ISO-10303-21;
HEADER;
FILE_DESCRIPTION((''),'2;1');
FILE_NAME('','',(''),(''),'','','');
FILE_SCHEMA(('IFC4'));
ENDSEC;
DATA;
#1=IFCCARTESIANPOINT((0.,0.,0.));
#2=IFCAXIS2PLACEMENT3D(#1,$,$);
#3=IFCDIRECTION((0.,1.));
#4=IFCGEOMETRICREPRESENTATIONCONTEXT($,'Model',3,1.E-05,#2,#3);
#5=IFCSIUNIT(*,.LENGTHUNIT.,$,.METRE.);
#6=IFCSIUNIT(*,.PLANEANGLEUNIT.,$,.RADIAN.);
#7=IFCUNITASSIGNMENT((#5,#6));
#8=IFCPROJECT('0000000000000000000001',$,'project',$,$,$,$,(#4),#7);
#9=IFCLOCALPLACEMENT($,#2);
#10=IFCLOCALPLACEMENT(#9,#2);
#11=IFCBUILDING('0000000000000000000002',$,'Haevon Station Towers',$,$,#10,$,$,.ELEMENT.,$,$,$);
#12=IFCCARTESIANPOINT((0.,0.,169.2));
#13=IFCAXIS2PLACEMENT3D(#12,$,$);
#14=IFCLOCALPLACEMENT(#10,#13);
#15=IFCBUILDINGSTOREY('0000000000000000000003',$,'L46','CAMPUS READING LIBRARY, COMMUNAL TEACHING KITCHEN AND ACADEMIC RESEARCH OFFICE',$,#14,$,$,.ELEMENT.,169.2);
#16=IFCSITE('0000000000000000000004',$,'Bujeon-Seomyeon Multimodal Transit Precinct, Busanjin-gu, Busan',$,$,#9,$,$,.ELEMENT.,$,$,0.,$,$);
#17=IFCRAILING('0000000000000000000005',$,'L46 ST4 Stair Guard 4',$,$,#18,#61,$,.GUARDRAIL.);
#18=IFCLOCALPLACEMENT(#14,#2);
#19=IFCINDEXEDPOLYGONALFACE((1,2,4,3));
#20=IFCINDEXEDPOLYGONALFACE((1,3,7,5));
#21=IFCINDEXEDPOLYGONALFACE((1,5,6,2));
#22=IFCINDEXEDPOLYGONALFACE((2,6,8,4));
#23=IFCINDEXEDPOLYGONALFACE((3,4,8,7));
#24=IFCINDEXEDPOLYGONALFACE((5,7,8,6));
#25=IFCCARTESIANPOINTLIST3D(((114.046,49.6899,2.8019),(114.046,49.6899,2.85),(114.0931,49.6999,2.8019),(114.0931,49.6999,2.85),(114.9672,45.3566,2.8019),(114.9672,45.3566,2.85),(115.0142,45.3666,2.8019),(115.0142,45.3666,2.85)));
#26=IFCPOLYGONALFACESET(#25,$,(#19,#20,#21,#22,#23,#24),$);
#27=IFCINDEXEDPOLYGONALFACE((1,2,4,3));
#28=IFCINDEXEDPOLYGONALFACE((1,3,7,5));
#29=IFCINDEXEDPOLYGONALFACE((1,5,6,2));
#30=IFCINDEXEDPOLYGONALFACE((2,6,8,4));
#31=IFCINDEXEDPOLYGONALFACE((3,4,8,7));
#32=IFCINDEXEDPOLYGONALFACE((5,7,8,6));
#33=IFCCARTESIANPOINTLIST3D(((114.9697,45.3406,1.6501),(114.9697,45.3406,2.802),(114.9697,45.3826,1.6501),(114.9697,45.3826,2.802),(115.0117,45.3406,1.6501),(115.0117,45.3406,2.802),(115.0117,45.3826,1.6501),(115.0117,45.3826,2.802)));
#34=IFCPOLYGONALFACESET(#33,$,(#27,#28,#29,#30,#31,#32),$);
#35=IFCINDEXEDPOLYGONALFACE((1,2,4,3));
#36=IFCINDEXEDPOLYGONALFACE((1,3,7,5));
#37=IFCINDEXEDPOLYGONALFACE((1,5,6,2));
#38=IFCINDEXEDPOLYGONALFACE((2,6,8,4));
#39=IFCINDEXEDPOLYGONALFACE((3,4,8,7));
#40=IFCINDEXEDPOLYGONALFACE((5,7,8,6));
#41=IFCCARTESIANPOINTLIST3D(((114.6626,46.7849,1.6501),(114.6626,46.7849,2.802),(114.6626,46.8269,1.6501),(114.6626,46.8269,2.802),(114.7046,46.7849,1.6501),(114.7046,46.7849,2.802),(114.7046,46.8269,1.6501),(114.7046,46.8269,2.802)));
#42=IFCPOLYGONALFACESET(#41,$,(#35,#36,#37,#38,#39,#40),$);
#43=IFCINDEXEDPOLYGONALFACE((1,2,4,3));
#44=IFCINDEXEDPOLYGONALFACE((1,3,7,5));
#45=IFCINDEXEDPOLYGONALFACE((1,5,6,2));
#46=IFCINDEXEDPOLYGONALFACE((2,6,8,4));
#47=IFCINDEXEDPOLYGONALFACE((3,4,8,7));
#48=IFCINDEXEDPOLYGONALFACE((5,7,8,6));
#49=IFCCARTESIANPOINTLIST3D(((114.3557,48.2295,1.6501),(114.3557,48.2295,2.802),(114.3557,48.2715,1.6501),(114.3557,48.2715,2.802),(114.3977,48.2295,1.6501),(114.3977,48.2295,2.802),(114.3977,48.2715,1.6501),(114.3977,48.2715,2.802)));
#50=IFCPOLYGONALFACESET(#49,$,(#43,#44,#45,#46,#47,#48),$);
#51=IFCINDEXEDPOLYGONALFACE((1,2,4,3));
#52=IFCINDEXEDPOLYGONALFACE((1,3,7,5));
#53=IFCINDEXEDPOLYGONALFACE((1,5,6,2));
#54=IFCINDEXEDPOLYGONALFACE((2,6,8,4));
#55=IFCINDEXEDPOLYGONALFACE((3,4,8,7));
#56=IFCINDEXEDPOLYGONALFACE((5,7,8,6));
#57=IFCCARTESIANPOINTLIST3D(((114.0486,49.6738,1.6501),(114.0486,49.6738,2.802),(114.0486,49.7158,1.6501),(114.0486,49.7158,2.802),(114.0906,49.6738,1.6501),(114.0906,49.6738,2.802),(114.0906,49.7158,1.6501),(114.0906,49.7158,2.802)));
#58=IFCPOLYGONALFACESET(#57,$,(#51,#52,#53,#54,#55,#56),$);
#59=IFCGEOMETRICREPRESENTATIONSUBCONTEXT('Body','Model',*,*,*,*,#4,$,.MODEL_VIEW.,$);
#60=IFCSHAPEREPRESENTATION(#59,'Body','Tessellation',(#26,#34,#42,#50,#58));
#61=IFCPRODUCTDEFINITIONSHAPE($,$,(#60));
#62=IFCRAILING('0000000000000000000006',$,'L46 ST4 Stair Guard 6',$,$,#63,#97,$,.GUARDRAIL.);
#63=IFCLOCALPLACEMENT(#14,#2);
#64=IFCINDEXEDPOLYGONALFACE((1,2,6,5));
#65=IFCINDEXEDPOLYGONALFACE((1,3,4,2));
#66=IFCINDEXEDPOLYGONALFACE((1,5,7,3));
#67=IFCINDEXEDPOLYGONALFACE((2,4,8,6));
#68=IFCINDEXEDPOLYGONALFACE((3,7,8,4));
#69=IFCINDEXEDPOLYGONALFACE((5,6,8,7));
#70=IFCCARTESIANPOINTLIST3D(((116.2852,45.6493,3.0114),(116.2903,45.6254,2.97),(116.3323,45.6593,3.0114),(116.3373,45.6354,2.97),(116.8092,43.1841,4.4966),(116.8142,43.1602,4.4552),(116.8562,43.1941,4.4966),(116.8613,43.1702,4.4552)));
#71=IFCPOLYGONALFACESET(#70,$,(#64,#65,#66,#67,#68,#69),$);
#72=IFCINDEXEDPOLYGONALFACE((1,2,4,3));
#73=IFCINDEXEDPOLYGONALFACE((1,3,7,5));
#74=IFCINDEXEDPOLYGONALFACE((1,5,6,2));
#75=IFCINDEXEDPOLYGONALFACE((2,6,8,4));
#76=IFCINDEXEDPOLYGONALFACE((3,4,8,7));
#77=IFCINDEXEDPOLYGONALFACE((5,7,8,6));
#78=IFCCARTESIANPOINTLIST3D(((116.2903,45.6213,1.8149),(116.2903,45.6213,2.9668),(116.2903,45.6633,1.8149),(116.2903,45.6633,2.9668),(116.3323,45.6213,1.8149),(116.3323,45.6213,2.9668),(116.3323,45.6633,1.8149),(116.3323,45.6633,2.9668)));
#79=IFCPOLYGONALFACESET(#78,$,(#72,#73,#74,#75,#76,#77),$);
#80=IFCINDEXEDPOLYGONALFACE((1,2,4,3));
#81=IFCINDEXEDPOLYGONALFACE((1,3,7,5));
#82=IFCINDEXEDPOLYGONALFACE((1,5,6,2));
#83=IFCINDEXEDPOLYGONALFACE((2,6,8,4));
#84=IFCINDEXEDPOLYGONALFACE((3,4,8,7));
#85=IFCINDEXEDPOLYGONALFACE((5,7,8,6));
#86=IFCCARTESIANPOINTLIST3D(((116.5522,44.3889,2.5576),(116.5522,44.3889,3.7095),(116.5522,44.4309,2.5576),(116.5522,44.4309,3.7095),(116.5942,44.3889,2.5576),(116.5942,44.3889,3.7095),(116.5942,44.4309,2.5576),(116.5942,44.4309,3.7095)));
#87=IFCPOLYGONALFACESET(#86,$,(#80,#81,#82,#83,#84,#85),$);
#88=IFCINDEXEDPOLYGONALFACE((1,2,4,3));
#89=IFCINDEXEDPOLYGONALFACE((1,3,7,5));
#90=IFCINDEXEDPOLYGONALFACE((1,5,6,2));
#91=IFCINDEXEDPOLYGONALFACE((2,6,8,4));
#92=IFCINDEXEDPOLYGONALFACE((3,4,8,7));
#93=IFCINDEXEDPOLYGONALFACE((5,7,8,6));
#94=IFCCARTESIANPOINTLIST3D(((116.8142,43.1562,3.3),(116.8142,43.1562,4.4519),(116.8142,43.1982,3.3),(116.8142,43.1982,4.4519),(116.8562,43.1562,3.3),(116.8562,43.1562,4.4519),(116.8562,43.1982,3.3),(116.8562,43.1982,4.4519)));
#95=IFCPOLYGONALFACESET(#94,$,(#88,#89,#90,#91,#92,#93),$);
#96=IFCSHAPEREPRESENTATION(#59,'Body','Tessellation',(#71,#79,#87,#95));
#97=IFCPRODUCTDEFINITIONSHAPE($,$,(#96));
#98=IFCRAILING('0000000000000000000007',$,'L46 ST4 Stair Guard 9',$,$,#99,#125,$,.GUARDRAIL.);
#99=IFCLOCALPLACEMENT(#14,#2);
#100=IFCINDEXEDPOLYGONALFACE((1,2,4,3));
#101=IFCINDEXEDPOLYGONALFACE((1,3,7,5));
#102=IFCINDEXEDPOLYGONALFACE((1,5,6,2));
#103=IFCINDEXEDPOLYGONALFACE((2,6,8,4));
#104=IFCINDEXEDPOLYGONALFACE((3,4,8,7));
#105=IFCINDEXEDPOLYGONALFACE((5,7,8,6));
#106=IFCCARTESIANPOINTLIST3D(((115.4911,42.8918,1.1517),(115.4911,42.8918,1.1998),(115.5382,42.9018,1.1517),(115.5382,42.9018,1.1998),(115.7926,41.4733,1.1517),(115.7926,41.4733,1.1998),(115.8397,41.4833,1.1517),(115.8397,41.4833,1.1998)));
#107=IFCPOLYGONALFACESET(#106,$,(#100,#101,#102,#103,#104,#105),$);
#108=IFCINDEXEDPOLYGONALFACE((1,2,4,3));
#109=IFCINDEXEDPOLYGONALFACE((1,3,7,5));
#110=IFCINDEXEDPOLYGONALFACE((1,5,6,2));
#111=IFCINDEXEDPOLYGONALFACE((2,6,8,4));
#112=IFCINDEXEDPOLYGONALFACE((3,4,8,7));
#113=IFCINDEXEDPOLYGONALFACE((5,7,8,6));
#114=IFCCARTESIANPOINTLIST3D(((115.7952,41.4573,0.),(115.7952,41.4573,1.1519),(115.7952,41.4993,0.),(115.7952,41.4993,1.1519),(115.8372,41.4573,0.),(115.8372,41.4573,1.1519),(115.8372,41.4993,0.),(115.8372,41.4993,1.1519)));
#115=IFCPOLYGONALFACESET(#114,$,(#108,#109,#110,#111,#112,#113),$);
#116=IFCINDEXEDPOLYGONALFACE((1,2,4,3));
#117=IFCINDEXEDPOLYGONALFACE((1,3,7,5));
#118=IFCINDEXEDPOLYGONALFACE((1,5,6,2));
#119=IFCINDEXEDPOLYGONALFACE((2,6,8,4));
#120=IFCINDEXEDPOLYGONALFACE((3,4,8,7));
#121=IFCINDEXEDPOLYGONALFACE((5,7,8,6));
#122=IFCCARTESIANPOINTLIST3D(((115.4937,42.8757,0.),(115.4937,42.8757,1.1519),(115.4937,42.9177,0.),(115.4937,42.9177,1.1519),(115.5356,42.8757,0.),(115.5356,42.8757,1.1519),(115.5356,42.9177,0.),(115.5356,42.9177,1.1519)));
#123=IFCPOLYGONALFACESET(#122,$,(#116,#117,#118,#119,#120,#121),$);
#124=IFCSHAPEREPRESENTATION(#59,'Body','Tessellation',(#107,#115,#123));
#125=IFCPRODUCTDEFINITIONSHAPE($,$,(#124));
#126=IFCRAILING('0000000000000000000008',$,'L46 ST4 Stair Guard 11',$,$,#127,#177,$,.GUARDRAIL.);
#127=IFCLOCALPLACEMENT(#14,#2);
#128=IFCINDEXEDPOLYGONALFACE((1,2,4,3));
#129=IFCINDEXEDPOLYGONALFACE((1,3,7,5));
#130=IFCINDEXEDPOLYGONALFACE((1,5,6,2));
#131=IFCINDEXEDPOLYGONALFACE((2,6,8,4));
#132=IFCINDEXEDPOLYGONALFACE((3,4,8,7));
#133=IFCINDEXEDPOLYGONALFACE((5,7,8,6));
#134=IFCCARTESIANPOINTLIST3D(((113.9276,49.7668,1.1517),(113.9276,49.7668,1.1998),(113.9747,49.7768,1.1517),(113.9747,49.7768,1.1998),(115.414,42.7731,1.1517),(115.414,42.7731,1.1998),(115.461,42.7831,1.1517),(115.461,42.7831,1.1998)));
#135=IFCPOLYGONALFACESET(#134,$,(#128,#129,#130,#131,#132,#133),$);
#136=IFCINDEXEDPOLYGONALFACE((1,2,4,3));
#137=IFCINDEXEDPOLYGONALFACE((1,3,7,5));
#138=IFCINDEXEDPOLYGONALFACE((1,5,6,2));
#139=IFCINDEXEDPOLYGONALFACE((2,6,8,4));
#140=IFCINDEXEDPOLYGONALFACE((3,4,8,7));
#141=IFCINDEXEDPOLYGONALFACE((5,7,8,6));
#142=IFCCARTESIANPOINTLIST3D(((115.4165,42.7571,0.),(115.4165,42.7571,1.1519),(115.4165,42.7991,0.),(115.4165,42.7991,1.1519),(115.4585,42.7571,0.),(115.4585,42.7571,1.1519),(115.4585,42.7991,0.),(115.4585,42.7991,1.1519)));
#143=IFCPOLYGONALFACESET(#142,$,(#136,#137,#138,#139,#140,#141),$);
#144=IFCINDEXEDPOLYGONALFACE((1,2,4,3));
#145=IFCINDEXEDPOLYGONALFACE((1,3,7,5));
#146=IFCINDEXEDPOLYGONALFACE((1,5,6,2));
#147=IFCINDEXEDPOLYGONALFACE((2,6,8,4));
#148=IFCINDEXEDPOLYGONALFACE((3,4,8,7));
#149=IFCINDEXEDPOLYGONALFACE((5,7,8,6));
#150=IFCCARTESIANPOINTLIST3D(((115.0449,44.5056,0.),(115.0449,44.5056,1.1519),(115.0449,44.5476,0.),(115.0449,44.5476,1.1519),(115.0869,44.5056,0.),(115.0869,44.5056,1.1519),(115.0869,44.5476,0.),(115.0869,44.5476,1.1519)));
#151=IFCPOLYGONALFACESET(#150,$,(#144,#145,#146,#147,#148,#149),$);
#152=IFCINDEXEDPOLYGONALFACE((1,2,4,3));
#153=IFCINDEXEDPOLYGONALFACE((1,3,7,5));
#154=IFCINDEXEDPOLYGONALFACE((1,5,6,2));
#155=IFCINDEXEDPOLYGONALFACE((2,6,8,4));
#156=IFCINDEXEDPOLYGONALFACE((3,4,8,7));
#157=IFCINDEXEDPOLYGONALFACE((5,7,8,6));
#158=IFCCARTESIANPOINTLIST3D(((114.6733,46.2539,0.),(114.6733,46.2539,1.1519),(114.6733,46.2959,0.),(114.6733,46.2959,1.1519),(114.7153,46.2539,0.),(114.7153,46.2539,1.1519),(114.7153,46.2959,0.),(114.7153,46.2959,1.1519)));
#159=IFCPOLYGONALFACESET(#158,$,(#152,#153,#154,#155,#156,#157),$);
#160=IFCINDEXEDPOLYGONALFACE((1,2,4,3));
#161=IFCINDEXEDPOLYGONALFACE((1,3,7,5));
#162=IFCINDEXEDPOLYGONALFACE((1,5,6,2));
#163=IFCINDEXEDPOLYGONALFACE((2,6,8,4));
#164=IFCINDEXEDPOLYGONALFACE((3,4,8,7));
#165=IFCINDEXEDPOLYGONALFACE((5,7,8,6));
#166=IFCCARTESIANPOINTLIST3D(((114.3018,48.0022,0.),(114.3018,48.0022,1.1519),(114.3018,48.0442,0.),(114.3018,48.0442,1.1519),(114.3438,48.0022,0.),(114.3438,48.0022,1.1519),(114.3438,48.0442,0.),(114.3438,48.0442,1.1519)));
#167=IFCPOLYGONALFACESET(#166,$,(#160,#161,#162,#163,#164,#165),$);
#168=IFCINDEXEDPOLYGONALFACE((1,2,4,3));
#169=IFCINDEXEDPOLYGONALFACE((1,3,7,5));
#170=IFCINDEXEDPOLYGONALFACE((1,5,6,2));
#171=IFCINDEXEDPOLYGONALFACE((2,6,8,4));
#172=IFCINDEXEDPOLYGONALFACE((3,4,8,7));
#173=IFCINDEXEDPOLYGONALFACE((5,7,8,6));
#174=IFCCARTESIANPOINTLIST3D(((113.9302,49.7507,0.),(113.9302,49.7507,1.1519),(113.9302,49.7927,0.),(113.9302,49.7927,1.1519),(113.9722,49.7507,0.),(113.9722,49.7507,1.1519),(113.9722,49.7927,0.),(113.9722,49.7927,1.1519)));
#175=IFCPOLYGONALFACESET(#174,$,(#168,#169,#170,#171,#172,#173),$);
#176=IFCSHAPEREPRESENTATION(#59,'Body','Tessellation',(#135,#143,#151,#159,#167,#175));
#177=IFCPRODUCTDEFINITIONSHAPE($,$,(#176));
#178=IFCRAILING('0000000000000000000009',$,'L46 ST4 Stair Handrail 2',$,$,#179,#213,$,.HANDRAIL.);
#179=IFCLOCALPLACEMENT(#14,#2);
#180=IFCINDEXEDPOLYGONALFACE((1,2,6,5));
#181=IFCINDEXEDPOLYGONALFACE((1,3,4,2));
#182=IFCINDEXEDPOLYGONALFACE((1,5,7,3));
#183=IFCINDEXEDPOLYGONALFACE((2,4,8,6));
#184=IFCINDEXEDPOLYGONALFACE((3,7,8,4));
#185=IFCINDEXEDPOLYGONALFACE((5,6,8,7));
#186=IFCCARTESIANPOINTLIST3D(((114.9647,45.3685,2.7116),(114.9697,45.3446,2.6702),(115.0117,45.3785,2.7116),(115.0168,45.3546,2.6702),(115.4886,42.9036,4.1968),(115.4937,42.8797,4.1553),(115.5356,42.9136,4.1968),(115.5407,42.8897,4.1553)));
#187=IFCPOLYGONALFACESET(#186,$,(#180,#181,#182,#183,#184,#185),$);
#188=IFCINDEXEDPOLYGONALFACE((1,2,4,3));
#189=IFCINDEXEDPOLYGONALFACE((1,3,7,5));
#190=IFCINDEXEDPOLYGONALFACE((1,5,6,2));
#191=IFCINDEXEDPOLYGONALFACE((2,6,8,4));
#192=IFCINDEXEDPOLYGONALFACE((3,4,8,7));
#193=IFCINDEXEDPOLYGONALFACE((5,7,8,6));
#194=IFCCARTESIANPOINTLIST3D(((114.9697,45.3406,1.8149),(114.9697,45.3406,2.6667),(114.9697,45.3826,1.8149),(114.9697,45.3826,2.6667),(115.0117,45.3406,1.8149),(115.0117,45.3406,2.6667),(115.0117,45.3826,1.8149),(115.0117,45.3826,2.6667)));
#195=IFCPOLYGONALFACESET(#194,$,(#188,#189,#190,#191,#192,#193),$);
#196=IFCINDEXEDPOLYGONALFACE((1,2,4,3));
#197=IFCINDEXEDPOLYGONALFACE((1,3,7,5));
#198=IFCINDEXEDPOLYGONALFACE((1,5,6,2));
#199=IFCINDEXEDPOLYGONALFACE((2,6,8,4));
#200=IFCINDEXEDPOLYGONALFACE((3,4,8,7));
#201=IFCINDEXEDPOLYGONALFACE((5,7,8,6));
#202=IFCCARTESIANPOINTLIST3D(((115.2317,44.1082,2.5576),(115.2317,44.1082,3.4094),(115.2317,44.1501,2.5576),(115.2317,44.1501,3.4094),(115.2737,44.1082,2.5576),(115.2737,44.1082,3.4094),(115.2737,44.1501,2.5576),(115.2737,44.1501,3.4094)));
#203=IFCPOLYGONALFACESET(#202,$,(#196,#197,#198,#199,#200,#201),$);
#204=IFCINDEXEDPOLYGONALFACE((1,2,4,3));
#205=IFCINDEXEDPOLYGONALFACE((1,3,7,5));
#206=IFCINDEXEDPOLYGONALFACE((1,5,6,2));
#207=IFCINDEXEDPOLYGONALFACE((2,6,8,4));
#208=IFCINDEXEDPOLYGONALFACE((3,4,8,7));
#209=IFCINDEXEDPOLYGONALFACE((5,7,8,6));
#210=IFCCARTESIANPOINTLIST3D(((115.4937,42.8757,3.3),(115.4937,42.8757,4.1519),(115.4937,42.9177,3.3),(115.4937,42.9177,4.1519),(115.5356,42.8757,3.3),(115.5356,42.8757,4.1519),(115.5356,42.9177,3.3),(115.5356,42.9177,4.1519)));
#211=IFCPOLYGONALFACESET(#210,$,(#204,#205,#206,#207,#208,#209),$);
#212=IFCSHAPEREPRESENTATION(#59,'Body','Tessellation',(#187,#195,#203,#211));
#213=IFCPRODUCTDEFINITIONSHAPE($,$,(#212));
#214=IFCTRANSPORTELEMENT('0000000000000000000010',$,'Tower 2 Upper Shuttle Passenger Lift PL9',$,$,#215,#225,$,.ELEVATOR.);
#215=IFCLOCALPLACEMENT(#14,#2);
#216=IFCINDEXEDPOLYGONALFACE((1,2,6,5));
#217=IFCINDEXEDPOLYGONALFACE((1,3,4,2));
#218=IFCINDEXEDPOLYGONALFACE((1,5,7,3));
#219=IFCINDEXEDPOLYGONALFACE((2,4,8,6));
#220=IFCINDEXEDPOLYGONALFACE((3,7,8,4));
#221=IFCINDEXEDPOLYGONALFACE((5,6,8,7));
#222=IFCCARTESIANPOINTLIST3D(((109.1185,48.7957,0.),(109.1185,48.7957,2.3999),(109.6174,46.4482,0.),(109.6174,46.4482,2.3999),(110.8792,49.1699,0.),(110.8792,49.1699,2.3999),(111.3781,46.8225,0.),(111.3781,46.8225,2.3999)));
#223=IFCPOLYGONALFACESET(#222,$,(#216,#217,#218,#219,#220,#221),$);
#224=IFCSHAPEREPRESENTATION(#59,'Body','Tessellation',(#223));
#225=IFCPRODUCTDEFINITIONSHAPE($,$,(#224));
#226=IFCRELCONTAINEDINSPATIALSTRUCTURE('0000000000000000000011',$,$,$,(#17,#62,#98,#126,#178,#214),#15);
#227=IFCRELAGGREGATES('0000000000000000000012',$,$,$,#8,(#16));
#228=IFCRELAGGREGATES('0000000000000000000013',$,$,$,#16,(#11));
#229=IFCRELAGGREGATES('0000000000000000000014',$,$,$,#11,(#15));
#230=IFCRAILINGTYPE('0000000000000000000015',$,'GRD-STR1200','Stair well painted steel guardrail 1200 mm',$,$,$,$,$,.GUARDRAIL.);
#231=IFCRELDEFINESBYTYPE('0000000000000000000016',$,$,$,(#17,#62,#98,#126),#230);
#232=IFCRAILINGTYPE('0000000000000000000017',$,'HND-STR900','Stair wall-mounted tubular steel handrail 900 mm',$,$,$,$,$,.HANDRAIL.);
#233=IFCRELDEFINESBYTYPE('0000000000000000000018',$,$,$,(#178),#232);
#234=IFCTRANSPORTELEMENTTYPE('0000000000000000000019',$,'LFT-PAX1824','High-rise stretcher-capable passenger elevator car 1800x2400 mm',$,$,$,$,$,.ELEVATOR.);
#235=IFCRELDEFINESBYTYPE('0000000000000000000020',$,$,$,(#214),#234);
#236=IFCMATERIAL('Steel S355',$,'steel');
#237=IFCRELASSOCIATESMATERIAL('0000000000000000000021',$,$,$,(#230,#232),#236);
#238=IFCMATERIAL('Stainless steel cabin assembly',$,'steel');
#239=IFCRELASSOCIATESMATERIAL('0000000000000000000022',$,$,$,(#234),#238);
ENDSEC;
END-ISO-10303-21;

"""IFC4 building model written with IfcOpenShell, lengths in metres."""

from ifc_helpers import new_model, si_unit, direction, frame, origin, origin_2d, place, context, subcontext, project, spatial, rectangle, extrude, material, type_object, element, save


model = new_model("IFC4")

# Units and contexts
model_context = context("Model", 3, precision=1e-05, world=origin(), true_north=direction((0.0, 1.0)))
body_context = subcontext(model_context, "Body", "Model", "MODEL_VIEW")
ifc_project = project(units=[si_unit("LENGTHUNIT", "METRE"), si_unit("PLANEANGLEUNIT", "RADIAN")], contexts=[model_context])

# Site, building, storey
site_placement = place(None, origin())
site = spatial("IfcSite", under=ifc_project, at=site_placement, Name="Bujeon-Seomyeon Multimodal Transit Precinct, Busanjin-gu, Busan", CompositionType="ELEMENT", RefElevation=0.0)
building_placement = place(site_placement, origin())
building = spatial("IfcBuilding", under=site, at=building_placement, Name="Haevon Station Towers", CompositionType="ELEMENT")
storey_placement = place(building_placement, frame((0.0, 0.0, 169.2)))
storey = spatial("IfcBuildingStorey", under=building, at=storey_placement, Name="L46", Description="CAMPUS READING LIBRARY, COMMUNAL TEACHING KITCHEN AND ACADEMIC RESEARCH OFFICE", CompositionType="ELEMENT", Elevation=169.2)

# Shared definitions
ifc_material_1 = material(Name="Steel S355", Category="steel")

# Railings
railing_type_1 = type_object("IfcRailingType", Name="GRD-STR1200", Description="Stair well painted steel guardrail 1200 mm", PredefinedType="GUARDRAIL", material=ifc_material_1)
railing_1_placement = place(storey_placement, frame((114.9907, 45.3616, 1.6501)))
element("IfcRailing", 1, at=railing_1_placement, inside=storey, type_object=railing_type_1, Name="L46 ST4 Stair Guard 4", PredefinedType="GUARDRAIL", context=body_context, shape_type="SweptSolid", body=[
    extrude(rectangle(XDim=0.0481, YDim=0.0481, at=origin_2d()), frame((0.0, 0.0, 1.1758), z_axis=(-0.207929, 0.978144, 0.0), x_axis=(-0.978144, -0.207929, 0.0)), (0.0, 0.0, 1.0), 4.4302),
    extrude(rectangle(XDim=0.042, YDim=0.042, at=origin_2d()), origin(), (0.0, 0.0, 1.0), 1.1519),
    extrude(rectangle(XDim=0.042, YDim=0.042, at=origin_2d()), frame((-0.3071, 1.4443, 0.0)), (0.0, 0.0, 1.0), 1.1519),
    extrude(rectangle(XDim=0.042, YDim=0.042, at=origin_2d()), frame((-0.614, 2.8889, 0.0)), (0.0, 0.0, 1.0), 1.1519),
    extrude(rectangle(XDim=0.042, YDim=0.042, at=origin_2d()), frame((-0.9211, 4.3333, 0.0)), (0.0, 0.0, 1.0), 1.1519),
])
railing_2_placement = place(storey_placement, frame((116.3113, 45.6423, 1.8149)))
element("IfcRailing", 2, at=railing_2_placement, inside=storey, type_object=railing_type_1, Name="L46 ST4 Stair Guard 6", PredefinedType="GUARDRAIL", context=body_context, shape_type="SweptSolid", body=[
    extrude(rectangle(XDim=0.0481, YDim=0.0481, at=origin_2d()), frame((0.0, 0.0, 1.1758), z_axis=(0.179109, -0.842712, 0.507697), x_axis=(0.978151, 0.207895, 0.0)), (0.0, 0.0, 1.0), 2.9253),
    extrude(rectangle(XDim=0.042, YDim=0.042, at=origin_2d()), origin(), (0.0, 0.0, 1.0), 1.1519),
    extrude(rectangle(XDim=0.042, YDim=0.042, at=origin_2d()), frame((0.262, -1.2324, 0.7427)), (0.0, 0.0, 1.0), 1.1519),
    extrude(rectangle(XDim=0.042, YDim=0.042, at=origin_2d()), frame((0.5239, -2.4651, 1.4851)), (0.0, 0.0, 1.0), 1.1519),
])
railing_3_placement = place(storey_placement, frame((115.8162, 41.4783, 0.0)))
element("IfcRailing", 3, at=railing_3_placement, inside=storey, type_object=railing_type_1, Name="L46 ST4 Stair Guard 9", PredefinedType="GUARDRAIL", context=body_context, shape_type="SweptSolid", body=[
    extrude(rectangle(XDim=0.0481, YDim=0.0481, at=origin_2d()), frame((0.0, 0.0, 1.1758), z_axis=(-0.207919, 0.978146, 0.0), x_axis=(-0.978146, -0.207919, 0.0)), (0.0, 0.0, 1.0), 1.4502),
    extrude(rectangle(XDim=0.042, YDim=0.042, at=origin_2d()), origin(), (0.0, 0.0, 1.0), 1.1519),
    extrude(rectangle(XDim=0.042, YDim=0.042, at=origin_2d()), frame((-0.3015, 1.4185, 0.0)), (0.0, 0.0, 1.0), 1.1519),
])
railing_4_placement = place(storey_placement, frame((115.4375, 42.7781, 0.0)))
element("IfcRailing", 4, at=railing_4_placement, inside=storey, type_object=railing_type_1, Name="L46 ST4 Stair Guard 11", PredefinedType="GUARDRAIL", context=body_context, shape_type="SweptSolid", body=[
    extrude(rectangle(XDim=0.0481, YDim=0.0481, at=origin_2d()), frame((0.0, 0.0, 1.1758), z_axis=(-0.207882, 0.978154, 0.0), x_axis=(-0.978154, -0.207882, 0.0)), (0.0, 0.0, 1.0), 7.1499),
    extrude(rectangle(XDim=0.042, YDim=0.042, at=origin_2d()), origin(), (0.0, 0.0, 1.0), 1.1519),
    extrude(rectangle(XDim=0.042, YDim=0.042, at=origin_2d()), frame((-0.3716, 1.7485, 0.0)), (0.0, 0.0, 1.0), 1.1519),
    extrude(rectangle(XDim=0.042, YDim=0.042, at=origin_2d()), frame((-0.7432, 3.4968, 0.0)), (0.0, 0.0, 1.0), 1.1519),
    extrude(rectangle(XDim=0.042, YDim=0.042, at=origin_2d()), frame((-1.1147, 5.2451, 0.0)), (0.0, 0.0, 1.0), 1.1519),
    extrude(rectangle(XDim=0.042, YDim=0.042, at=origin_2d()), frame((-1.4863, 6.9937, 0.0)), (0.0, 0.0, 1.0), 1.1519),
])
railing_type_2 = type_object("IfcRailingType", Name="HND-STR900", Description="Stair wall-mounted tubular steel handrail 900 mm", PredefinedType="HANDRAIL", material=ifc_material_1)
railing_5_placement = place(storey_placement, frame((114.9907, 45.3616, 1.8149)))
element("IfcRailing", 5, at=railing_5_placement, inside=storey, type_object=railing_type_2, Name="L46 ST4 Stair Handrail 2", PredefinedType="HANDRAIL", context=body_context, shape_type="SweptSolid", body=[
    extrude(rectangle(XDim=0.0481, YDim=0.0481, at=origin_2d()), frame((0.0, 0.0, 0.876), z_axis=(0.179121, -0.842688, 0.507733), x_axis=(0.978147, 0.207914, 0.0)), (0.0, 0.0, 1.0), 2.925),
    extrude(rectangle(XDim=0.042, YDim=0.042, at=origin_2d()), origin(), (0.0, 0.0, 1.0), 0.8518),
    extrude(rectangle(XDim=0.042, YDim=0.042, at=origin_2d()), frame((0.262, -1.2324, 0.7427)), (0.0, 0.0, 1.0), 0.8518),
    extrude(rectangle(XDim=0.042, YDim=0.042, at=origin_2d()), frame((0.5239, -2.4648, 1.4851)), (0.0, 0.0, 1.0), 0.8518),
])

# Transport element
ifc_material_2 = material(Name="Stainless steel cabin assembly", Category="steel")
transport_element_type = type_object("IfcTransportElementType", Name="LFT-PAX1824", Description="High-rise stretcher-capable passenger elevator car 1800x2400 mm", PredefinedType="ELEVATOR", material=ifc_material_2)
transport_element_placement = place(storey_placement, frame((110.2483, 47.8091, 0.0), z_axis=(0.0, 0.0, 1.0), x_axis=(0.978148, 0.207912, 0.0)))
element("IfcTransportElement", 6, at=transport_element_placement, inside=storey, type_object=transport_element_type, Name="Tower 2 Upper Shuttle Passenger Lift PL9", PredefinedType="ELEVATOR", context=body_context, shape_type="SweptSolid", body=[
    extrude(rectangle(XDim=1.8, YDim=2.3999, at=origin_2d()), origin(), (0.0, 0.0, 1.0), 2.3999),
])

save(model, "model.ifc")
